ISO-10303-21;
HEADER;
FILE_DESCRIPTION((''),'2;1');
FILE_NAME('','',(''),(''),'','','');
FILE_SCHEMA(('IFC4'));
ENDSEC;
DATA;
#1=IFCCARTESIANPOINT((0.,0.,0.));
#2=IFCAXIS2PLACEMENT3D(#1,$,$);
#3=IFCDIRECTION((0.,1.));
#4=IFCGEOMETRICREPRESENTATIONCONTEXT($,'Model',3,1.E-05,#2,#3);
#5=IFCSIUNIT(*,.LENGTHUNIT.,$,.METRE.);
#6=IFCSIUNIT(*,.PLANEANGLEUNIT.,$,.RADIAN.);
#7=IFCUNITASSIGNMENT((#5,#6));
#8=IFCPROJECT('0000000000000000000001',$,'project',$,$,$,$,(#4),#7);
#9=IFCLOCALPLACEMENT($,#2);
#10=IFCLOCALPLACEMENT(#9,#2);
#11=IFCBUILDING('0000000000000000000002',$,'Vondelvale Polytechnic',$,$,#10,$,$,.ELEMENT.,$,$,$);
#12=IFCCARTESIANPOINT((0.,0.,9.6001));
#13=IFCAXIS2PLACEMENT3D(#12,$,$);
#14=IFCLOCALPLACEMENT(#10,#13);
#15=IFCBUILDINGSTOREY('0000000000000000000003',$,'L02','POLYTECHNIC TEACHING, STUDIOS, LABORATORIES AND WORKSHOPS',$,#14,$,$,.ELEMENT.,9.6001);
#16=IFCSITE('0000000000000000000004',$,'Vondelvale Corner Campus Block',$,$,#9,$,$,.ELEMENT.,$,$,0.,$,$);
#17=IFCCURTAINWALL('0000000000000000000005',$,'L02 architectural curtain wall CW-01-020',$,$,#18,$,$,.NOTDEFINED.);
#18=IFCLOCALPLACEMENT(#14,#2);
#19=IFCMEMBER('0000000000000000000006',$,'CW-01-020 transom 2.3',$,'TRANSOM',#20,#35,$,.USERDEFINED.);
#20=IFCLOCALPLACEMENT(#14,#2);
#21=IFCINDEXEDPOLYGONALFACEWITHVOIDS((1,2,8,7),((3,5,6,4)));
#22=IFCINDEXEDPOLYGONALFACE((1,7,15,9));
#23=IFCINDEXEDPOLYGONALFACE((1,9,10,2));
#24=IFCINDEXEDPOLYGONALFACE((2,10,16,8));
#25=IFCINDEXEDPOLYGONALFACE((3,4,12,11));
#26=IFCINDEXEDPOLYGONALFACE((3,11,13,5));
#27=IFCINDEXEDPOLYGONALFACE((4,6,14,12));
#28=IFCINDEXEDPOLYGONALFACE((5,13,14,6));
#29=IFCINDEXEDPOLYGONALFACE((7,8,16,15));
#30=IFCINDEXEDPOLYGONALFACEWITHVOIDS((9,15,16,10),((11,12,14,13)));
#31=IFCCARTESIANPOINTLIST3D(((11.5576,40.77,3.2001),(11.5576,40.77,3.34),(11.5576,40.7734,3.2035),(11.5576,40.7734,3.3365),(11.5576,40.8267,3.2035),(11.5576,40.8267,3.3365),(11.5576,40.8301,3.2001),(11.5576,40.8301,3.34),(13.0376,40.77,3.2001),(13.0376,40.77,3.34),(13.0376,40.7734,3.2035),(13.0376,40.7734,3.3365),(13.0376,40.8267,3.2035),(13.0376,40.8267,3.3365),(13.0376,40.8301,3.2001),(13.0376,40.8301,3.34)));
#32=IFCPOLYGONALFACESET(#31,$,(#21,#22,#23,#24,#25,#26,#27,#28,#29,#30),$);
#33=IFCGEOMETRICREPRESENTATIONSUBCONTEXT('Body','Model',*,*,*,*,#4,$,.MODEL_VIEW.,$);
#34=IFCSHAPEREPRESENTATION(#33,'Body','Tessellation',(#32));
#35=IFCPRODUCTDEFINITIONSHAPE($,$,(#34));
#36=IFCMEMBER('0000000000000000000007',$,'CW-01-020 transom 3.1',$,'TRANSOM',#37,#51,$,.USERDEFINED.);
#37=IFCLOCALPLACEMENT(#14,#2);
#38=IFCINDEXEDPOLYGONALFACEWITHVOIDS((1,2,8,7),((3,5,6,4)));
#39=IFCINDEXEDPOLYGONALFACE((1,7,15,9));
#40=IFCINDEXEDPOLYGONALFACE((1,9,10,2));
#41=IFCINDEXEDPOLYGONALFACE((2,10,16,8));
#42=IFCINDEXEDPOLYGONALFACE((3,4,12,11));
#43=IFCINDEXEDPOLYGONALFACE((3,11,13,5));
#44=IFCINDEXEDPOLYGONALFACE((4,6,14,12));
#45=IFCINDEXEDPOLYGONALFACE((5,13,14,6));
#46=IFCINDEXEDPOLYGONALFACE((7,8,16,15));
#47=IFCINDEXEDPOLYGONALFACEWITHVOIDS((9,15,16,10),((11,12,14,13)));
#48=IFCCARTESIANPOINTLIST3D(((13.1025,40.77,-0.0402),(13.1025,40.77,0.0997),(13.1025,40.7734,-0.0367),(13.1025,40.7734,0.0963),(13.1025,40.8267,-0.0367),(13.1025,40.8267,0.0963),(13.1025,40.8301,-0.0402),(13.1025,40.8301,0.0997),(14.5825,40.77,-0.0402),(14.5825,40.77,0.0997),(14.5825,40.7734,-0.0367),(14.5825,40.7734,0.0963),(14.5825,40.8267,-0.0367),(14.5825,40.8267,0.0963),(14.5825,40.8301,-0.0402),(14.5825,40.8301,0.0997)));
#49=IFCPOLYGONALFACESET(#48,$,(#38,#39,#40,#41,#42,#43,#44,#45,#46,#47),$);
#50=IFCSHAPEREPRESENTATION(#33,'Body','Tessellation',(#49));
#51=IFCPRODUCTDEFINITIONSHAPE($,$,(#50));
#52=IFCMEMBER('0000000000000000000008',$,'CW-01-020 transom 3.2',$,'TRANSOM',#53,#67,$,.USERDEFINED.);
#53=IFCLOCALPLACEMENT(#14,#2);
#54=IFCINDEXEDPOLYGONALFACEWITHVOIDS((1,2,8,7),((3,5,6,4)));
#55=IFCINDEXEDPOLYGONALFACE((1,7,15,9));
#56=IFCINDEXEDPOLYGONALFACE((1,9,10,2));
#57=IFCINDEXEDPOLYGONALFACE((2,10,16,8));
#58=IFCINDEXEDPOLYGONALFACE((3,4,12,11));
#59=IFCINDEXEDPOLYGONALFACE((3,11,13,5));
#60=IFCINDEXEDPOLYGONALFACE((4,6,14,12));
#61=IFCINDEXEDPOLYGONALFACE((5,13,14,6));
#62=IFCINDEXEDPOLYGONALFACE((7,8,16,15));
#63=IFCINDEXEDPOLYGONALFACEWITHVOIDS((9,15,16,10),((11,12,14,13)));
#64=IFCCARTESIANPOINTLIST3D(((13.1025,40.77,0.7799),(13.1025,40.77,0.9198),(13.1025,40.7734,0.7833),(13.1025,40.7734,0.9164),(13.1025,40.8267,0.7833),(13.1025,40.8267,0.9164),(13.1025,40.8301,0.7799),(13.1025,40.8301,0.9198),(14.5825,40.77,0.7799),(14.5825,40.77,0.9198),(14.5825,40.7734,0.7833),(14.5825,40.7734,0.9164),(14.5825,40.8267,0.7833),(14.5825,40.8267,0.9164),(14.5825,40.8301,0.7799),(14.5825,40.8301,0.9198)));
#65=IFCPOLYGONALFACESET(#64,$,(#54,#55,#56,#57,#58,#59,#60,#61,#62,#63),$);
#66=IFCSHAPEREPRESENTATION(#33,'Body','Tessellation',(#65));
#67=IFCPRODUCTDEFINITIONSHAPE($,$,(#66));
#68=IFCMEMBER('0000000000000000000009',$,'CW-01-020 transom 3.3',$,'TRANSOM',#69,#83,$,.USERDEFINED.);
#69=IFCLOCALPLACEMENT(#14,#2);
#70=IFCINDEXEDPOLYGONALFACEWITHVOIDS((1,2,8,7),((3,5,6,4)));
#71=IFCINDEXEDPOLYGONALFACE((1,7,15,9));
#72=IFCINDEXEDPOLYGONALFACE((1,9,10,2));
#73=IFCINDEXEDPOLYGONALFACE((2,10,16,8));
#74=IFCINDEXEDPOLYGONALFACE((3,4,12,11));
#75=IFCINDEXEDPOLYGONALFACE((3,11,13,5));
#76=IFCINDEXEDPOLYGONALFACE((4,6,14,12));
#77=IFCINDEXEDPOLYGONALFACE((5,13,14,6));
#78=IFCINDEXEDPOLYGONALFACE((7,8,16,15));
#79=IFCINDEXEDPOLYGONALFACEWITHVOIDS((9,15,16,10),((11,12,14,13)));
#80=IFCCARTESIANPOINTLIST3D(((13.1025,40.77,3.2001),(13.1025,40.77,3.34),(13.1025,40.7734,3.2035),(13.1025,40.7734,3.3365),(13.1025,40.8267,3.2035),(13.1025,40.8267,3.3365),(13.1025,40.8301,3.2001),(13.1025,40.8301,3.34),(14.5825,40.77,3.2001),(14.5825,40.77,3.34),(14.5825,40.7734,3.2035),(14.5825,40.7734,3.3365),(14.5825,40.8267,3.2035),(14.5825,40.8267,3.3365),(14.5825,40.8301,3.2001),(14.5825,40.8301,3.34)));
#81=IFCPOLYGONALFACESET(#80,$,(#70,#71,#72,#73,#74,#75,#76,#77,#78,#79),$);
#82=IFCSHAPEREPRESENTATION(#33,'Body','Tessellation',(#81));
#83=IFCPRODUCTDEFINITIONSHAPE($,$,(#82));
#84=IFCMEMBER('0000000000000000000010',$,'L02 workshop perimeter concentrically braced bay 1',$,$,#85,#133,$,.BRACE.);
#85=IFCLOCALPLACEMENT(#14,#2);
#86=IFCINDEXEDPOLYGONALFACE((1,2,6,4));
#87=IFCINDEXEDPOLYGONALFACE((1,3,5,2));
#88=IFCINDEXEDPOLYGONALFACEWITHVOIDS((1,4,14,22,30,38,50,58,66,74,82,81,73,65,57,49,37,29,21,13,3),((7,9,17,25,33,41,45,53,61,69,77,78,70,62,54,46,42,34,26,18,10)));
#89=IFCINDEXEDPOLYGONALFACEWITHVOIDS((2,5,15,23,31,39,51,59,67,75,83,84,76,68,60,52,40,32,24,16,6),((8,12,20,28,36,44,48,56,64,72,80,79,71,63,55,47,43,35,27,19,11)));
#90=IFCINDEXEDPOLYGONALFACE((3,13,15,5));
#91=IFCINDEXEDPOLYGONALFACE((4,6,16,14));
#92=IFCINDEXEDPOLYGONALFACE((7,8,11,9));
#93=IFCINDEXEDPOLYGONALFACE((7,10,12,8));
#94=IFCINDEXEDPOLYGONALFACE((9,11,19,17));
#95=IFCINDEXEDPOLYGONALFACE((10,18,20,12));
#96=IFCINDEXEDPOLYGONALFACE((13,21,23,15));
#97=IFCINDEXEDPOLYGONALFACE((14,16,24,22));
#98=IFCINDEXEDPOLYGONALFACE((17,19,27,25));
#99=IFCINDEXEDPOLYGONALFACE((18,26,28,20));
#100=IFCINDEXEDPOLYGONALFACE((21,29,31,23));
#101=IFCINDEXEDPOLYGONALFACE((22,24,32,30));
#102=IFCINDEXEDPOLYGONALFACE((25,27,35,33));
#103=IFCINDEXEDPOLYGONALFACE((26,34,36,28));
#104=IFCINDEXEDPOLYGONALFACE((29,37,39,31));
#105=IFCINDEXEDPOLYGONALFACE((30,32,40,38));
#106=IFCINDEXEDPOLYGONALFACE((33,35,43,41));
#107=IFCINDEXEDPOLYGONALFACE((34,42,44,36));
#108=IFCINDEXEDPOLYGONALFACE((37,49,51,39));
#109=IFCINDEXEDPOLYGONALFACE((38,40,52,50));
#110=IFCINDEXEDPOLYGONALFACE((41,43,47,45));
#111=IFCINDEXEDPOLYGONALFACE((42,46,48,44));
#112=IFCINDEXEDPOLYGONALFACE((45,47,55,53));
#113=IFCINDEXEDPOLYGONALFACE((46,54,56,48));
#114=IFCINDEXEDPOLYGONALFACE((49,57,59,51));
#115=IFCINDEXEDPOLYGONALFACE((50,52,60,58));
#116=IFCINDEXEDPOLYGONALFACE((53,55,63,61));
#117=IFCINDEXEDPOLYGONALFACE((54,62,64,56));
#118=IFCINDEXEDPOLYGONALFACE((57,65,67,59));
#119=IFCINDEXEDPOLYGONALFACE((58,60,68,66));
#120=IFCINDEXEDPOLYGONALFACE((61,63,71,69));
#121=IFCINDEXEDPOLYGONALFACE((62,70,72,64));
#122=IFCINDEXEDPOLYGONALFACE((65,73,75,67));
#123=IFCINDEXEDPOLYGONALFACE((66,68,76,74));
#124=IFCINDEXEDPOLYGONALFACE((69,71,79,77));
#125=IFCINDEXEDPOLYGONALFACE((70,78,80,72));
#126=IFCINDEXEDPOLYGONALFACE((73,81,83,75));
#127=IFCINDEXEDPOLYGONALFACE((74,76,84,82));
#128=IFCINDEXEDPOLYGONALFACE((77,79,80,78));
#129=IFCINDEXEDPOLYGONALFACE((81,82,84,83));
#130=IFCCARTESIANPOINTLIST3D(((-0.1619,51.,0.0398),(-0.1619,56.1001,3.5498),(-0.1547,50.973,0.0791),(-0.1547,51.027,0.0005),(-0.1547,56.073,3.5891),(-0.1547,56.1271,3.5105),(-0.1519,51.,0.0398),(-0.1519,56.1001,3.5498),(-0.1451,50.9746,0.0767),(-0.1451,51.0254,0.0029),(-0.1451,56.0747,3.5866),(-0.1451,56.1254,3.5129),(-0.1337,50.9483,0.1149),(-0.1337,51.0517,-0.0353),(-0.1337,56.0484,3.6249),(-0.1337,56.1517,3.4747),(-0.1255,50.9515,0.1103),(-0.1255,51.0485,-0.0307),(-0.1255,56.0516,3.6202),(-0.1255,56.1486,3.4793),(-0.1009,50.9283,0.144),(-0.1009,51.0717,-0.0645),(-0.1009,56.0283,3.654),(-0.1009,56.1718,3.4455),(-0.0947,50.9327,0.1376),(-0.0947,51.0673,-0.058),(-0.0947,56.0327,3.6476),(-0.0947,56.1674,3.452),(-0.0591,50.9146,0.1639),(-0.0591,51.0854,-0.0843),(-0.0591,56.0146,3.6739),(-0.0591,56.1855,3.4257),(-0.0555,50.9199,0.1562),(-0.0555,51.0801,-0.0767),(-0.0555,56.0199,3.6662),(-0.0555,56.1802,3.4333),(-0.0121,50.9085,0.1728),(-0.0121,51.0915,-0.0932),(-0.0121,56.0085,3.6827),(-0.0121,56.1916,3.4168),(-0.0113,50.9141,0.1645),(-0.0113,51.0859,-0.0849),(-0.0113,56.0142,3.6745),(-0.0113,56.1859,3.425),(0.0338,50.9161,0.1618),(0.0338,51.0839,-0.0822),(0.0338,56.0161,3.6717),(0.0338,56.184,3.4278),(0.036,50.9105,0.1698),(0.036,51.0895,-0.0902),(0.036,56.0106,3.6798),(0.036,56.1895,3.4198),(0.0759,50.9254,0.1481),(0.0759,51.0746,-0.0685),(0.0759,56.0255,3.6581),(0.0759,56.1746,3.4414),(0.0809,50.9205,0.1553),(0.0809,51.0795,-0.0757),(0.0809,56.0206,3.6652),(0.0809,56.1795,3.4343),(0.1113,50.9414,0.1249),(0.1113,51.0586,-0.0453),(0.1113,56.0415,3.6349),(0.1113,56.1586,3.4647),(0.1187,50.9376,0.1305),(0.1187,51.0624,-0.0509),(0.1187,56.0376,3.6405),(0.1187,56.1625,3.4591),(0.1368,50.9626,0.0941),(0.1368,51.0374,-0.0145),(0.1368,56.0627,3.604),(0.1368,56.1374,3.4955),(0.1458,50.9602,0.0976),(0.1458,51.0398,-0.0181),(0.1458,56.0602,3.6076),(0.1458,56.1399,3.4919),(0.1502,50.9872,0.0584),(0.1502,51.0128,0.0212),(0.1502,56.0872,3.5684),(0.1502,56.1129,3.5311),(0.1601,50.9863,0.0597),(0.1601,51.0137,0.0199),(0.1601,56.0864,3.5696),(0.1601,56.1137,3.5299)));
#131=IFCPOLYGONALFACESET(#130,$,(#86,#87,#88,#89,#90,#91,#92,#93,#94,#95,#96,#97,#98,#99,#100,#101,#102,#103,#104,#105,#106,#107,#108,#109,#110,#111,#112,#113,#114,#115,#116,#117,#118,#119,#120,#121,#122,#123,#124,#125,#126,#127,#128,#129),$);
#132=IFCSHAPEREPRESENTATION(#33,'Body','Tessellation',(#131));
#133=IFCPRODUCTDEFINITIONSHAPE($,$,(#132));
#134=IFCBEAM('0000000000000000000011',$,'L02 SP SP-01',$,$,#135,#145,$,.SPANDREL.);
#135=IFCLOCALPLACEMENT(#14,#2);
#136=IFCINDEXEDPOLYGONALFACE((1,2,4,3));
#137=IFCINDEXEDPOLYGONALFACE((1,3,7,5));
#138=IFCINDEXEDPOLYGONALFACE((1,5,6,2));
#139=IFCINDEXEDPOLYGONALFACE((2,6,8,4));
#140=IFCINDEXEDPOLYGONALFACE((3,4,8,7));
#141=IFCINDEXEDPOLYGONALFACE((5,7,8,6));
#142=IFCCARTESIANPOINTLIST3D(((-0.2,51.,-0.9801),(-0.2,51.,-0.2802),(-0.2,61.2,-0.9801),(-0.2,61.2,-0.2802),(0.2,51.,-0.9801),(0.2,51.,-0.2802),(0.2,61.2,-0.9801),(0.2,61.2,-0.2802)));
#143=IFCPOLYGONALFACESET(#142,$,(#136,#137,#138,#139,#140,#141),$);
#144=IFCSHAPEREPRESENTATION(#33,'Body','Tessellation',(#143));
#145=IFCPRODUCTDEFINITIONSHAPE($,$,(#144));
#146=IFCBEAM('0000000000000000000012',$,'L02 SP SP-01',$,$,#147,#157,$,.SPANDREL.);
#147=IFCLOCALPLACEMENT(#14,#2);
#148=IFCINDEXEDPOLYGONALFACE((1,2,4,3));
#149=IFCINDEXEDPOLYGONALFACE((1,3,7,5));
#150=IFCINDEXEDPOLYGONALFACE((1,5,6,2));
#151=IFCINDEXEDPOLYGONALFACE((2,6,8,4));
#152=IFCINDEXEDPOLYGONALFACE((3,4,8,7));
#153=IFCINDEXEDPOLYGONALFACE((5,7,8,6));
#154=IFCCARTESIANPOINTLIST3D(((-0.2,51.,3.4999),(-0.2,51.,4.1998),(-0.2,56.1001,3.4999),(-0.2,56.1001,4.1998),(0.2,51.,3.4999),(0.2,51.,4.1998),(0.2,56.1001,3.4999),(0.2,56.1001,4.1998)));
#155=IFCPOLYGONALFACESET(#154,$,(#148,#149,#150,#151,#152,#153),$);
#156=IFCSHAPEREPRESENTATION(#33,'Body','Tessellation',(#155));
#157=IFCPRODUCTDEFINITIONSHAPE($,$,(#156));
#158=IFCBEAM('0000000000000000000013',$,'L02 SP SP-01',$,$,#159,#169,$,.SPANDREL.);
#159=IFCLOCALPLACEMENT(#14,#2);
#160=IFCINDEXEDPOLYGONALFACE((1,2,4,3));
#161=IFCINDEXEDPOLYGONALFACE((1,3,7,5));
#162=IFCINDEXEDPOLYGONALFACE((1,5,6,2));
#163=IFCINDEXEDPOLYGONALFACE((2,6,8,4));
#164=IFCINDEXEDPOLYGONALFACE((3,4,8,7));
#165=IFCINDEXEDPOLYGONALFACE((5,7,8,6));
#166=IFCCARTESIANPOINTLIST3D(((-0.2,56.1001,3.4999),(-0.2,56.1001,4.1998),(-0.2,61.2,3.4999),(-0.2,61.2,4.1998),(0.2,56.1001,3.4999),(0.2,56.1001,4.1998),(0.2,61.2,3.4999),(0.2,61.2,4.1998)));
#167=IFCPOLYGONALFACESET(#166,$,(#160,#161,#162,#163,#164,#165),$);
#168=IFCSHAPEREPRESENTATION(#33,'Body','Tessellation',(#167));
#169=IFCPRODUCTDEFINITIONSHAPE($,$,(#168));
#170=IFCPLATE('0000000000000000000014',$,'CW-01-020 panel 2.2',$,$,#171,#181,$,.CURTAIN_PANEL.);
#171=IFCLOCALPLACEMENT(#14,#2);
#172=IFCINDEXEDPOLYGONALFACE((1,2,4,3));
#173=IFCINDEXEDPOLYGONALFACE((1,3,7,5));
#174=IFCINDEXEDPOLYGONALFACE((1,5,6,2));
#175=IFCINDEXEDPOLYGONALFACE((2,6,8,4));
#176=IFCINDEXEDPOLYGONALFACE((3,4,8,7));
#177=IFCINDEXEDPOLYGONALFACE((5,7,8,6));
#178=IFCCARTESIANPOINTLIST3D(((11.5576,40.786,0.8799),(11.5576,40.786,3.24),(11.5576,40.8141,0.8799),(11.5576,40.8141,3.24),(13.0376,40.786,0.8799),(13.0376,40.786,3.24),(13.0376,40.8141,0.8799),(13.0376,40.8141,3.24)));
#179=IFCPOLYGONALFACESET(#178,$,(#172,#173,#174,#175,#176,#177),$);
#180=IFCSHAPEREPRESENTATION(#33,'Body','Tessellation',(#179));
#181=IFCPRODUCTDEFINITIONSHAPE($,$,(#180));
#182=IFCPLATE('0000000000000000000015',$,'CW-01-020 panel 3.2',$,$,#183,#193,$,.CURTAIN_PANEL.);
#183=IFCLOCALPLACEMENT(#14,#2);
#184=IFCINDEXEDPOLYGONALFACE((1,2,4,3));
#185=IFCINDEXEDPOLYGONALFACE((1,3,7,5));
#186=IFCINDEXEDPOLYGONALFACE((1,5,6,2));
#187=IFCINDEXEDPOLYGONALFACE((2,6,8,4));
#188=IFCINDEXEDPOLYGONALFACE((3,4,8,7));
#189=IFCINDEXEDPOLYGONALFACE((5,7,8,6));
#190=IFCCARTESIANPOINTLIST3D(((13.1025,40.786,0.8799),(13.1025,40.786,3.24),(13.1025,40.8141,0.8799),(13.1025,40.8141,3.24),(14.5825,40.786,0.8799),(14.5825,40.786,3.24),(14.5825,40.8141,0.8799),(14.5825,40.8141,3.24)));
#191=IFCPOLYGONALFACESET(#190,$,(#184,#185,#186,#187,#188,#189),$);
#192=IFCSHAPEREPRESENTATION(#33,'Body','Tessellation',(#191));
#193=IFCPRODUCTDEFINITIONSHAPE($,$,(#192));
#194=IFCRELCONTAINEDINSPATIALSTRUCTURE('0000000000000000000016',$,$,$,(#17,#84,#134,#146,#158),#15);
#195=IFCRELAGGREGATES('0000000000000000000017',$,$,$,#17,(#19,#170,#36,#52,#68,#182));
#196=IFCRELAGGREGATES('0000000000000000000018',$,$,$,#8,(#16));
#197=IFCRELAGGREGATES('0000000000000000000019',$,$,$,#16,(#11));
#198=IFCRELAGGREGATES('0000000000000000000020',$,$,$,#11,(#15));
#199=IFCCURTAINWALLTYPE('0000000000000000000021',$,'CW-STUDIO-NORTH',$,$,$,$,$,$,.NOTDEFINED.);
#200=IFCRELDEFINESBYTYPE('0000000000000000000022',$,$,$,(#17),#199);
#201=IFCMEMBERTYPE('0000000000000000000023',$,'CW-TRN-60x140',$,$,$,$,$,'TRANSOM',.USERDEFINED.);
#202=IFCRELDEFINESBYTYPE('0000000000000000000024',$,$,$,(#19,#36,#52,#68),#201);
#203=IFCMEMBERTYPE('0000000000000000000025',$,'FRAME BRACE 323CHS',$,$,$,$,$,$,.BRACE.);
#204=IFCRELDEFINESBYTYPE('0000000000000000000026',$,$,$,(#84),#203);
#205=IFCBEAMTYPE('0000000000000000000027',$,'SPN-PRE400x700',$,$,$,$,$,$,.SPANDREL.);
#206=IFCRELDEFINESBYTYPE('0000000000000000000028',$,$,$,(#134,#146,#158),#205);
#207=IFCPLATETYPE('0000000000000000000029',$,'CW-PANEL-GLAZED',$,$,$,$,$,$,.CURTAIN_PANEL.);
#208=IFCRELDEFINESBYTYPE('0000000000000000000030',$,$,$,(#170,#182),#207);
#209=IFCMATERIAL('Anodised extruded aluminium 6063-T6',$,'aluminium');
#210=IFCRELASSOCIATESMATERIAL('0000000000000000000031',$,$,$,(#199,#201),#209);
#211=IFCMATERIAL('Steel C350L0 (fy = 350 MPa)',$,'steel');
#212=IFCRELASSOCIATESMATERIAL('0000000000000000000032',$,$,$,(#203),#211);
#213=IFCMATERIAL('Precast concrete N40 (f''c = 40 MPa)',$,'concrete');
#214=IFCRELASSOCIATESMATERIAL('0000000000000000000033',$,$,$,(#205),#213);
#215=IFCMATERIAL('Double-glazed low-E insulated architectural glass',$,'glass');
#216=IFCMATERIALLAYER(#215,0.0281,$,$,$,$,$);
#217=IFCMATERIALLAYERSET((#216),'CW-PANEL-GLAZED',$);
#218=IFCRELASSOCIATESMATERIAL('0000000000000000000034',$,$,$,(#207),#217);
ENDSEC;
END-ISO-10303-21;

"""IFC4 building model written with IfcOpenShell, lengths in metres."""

from ifc_helpers import new_model, si_unit, direction, frame, origin, origin_2d, place, context, subcontext, project, spatial, rectangle, hollow_rectangle, hollow_circle, extrude, material, layer, layer_set, material_profile, profile_set, type_object, element, aggregate, save


model = new_model("IFC4")

# Units and contexts
model_context = context("Model", 3, precision=1e-05, world=origin(), true_north=direction((0.0, 1.0)))
body_context = subcontext(model_context, "Body", "Model", "MODEL_VIEW")
ifc_project = project(units=[si_unit("LENGTHUNIT", "METRE"), si_unit("PLANEANGLEUNIT", "RADIAN")], contexts=[model_context])

# Site, building, storey
site_placement = place(None, origin())
site = spatial("IfcSite", under=ifc_project, at=site_placement, Name="Vondelvale Corner Campus Block", CompositionType="ELEMENT", RefElevation=0.0)
building_placement = place(site_placement, origin())
building = spatial("IfcBuilding", under=site, at=building_placement, Name="Vondelvale Polytechnic", CompositionType="ELEMENT")
storey_placement = place(building_placement, frame((0.0, 0.0, 9.6001)))
storey = spatial("IfcBuildingStorey", under=building, at=storey_placement, Name="L02", Description="POLYTECHNIC TEACHING, STUDIOS, LABORATORIES AND WORKSHOPS", CompositionType="ELEMENT", Elevation=9.6001)

# Curtain wall, members
ifc_material_1 = material(Name="Anodised extruded aluminium 6063-T6", Category="aluminium")
curtain_wall_type = type_object("IfcCurtainWallType", Name="CW-STUDIO-NORTH", PredefinedType="NOTDEFINED", material=ifc_material_1)
curtain_wall_placement = place(storey_placement, origin())
curtain_wall = element("IfcCurtainWall", 1, at=curtain_wall_placement, inside=storey, type_object=curtain_wall_type, Name="L02 architectural curtain wall CW-01-020", PredefinedType="NOTDEFINED")
ifc_material_profile_1 = material_profile(ifc_material_1, hollow_rectangle(XDim=0.0601, YDim=0.1399, WallThickness=0.0034, at=origin_2d()), Name="CW-TRN-140x60")
ifc_profile_set_1 = profile_set([ifc_material_profile_1], Name="Anodised extruded aluminium 6063-T6")
member_type_1 = type_object("IfcMemberType", Name="CW-TRN-60x140", ElementType="TRANSOM", PredefinedType="USERDEFINED", material=ifc_profile_set_1)
member_1_placement = place(storey_placement, frame((11.5576, 40.8, 3.27), z_axis=(1.0, 0.0, 0.0), x_axis=(0.0, 1.0, 0.0)))
member_1 = element("IfcMember", 2, at=member_1_placement, type_object=member_type_1, Name="CW-01-020 transom 2.3", ObjectType="TRANSOM", PredefinedType="USERDEFINED", context=body_context, shape_type="SweptSolid", body=[
    extrude(hollow_rectangle(XDim=0.0601, YDim=0.1399, WallThickness=0.0034, at=origin_2d()), origin(), (0.0, 0.0, 1.0), 1.48),
])
member_2_placement = place(storey_placement, frame((13.1025, 40.8, 0.0298), z_axis=(1.0, 0.0, 0.0), x_axis=(0.0, 1.0, 0.0)))
member_2 = element("IfcMember", 3, at=member_2_placement, type_object=member_type_1, Name="CW-01-020 transom 3.1", ObjectType="TRANSOM", PredefinedType="USERDEFINED", context=body_context, shape_type="SweptSolid", body=[
    extrude(hollow_rectangle(XDim=0.0601, YDim=0.1399, WallThickness=0.0034, at=origin_2d()), origin(), (0.0, 0.0, 1.0), 1.48),
])
member_3_placement = place(storey_placement, frame((13.1025, 40.8, 0.8499), z_axis=(1.0, 0.0, 0.0), x_axis=(0.0, 1.0, 0.0)))
member_3 = element("IfcMember", 4, at=member_3_placement, type_object=member_type_1, Name="CW-01-020 transom 3.2", ObjectType="TRANSOM", PredefinedType="USERDEFINED", context=body_context, shape_type="SweptSolid", body=[
    extrude(hollow_rectangle(XDim=0.0601, YDim=0.1399, WallThickness=0.0034, at=origin_2d()), origin(), (0.0, 0.0, 1.0), 1.48),
])
member_4_placement = place(storey_placement, frame((13.1025, 40.8, 3.27), z_axis=(1.0, 0.0, 0.0), x_axis=(0.0, 1.0, 0.0)))
member_4 = element("IfcMember", 5, at=member_4_placement, type_object=member_type_1, Name="CW-01-020 transom 3.3", ObjectType="TRANSOM", PredefinedType="USERDEFINED", context=body_context, shape_type="SweptSolid", body=[
    extrude(hollow_rectangle(XDim=0.0601, YDim=0.1399, WallThickness=0.0034, at=origin_2d()), origin(), (0.0, 0.0, 1.0), 1.48),
])

# Member
ifc_material_2 = material(Name="Steel C350L0 (fy = 350 MPa)", Category="steel")
ifc_material_profile_2 = material_profile(ifc_material_2, hollow_circle(Radius=0.1619, WallThickness=0.01, at=origin_2d()), Name="323.9x10.0CHS")
ifc_profile_set_2 = profile_set([ifc_material_profile_2], Name="Steel C350L0 (fy = 350 MPa)")
member_type_2 = type_object("IfcMemberType", Name="FRAME BRACE 323CHS", PredefinedType="BRACE", material=ifc_profile_set_2)
member_5_placement = place(storey_placement, frame((0.0, 51.0, 0.0398), z_axis=(0.0, 0.823763, 0.566934), x_axis=(-1.0, 0.0, 0.0)))
element("IfcMember", 6, at=member_5_placement, inside=storey, type_object=member_type_2, Name="L02 workshop perimeter concentrically braced bay 1", PredefinedType="BRACE", context=body_context, shape_type="SweptSolid", body=[
    extrude(hollow_circle(Radius=0.1619, WallThickness=0.01, at=origin_2d()), origin(), (0.0, 0.0, 1.0), 6.1912),
])

# Beams
ifc_material_3 = material(Name="Precast concrete N40 (f'c = 40 MPa)", Category="concrete")
ifc_material_profile_3 = material_profile(ifc_material_3, rectangle(XDim=0.3999, YDim=0.7, at=origin_2d()), Name="RC-SPN-400x700")
ifc_profile_set_3 = profile_set([ifc_material_profile_3], Name="Precast concrete N40 (f'c = 40 MPa)")
beam_type_1 = type_object("IfcBeamType", Name="SPN-PRE400x700", PredefinedType="SPANDREL", material=ifc_profile_set_3)
beam_1_placement = place(storey_placement, frame((0.0, 51.0, -0.6301), z_axis=(0.0, 1.0, 0.0), x_axis=(-1.0, 0.0, 0.0)))
element("IfcBeam", 7, at=beam_1_placement, inside=storey, type_object=beam_type_1, Name="L02 SP SP-01", PredefinedType="SPANDREL", context=body_context, shape_type="SweptSolid", body=[
    extrude(rectangle(XDim=0.3999, YDim=0.7, at=origin_2d()), origin(), (0.0, 0.0, 1.0), 10.2),
])
beam_2_placement = place(storey_placement, frame((0.0, 51.0, 3.8499), z_axis=(0.0, 1.0, 0.0), x_axis=(-1.0, 0.0, 0.0)))
element("IfcBeam", 8, at=beam_2_placement, inside=storey, type_object=beam_type_1, Name="L02 SP SP-01", PredefinedType="SPANDREL", context=body_context, shape_type="SweptSolid", body=[
    extrude(rectangle(XDim=0.3999, YDim=0.7, at=origin_2d()), origin(), (0.0, 0.0, 1.0), 5.1001),
])
beam_3_placement = place(storey_placement, frame((0.0, 56.1001, 3.8499), z_axis=(0.0, 1.0, 0.0), x_axis=(-1.0, 0.0, 0.0)))
element("IfcBeam", 9, at=beam_3_placement, inside=storey, type_object=beam_type_1, Name="L02 SP SP-01", PredefinedType="SPANDREL", context=body_context, shape_type="SweptSolid", body=[
    extrude(rectangle(XDim=0.3999, YDim=0.7, at=origin_2d()), origin(), (0.0, 0.0, 1.0), 5.0999),
])

# Plates
ifc_material_4 = material(Name="Double-glazed low-E insulated architectural glass", Category="glass")
ifc_layer_1 = layer(ifc_material_4, 0.0281)
ifc_layer_set_1 = layer_set([ifc_layer_1], Name="CW-PANEL-GLAZED")
plate_type_1 = type_object("IfcPlateType", Name="CW-PANEL-GLAZED", PredefinedType="CURTAIN_PANEL", material=ifc_layer_set_1)
plate_1_placement = place(storey_placement, frame((12.2976, 40.8, 0.8799), z_axis=(0.0, 0.0, 1.0), x_axis=(1.0, 0.0, 0.0)))
plate_1 = element("IfcPlate", 10, at=plate_1_placement, type_object=plate_type_1, Name="CW-01-020 panel 2.2", PredefinedType="CURTAIN_PANEL", context=body_context, shape_type="SweptSolid", body=[
    extrude(rectangle(XDim=1.48, YDim=0.0281, at=origin_2d()), origin(), (0.0, 0.0, 1.0), 2.3601),
])
plate_2_placement = place(storey_placement, frame((13.8425, 40.8, 0.8799), z_axis=(0.0, 0.0, 1.0), x_axis=(1.0, 0.0, 0.0)))
plate_2 = element("IfcPlate", 11, at=plate_2_placement, type_object=plate_type_1, Name="CW-01-020 panel 3.2", PredefinedType="CURTAIN_PANEL", context=body_context, shape_type="SweptSolid", body=[
    extrude(rectangle(XDim=1.48, YDim=0.0281, at=origin_2d()), origin(), (0.0, 0.0, 1.0), 2.3601),
])
aggregate(curtain_wall, [member_1, plate_1, member_2, member_3, member_4, plate_2])

save(model, "model.ifc")
